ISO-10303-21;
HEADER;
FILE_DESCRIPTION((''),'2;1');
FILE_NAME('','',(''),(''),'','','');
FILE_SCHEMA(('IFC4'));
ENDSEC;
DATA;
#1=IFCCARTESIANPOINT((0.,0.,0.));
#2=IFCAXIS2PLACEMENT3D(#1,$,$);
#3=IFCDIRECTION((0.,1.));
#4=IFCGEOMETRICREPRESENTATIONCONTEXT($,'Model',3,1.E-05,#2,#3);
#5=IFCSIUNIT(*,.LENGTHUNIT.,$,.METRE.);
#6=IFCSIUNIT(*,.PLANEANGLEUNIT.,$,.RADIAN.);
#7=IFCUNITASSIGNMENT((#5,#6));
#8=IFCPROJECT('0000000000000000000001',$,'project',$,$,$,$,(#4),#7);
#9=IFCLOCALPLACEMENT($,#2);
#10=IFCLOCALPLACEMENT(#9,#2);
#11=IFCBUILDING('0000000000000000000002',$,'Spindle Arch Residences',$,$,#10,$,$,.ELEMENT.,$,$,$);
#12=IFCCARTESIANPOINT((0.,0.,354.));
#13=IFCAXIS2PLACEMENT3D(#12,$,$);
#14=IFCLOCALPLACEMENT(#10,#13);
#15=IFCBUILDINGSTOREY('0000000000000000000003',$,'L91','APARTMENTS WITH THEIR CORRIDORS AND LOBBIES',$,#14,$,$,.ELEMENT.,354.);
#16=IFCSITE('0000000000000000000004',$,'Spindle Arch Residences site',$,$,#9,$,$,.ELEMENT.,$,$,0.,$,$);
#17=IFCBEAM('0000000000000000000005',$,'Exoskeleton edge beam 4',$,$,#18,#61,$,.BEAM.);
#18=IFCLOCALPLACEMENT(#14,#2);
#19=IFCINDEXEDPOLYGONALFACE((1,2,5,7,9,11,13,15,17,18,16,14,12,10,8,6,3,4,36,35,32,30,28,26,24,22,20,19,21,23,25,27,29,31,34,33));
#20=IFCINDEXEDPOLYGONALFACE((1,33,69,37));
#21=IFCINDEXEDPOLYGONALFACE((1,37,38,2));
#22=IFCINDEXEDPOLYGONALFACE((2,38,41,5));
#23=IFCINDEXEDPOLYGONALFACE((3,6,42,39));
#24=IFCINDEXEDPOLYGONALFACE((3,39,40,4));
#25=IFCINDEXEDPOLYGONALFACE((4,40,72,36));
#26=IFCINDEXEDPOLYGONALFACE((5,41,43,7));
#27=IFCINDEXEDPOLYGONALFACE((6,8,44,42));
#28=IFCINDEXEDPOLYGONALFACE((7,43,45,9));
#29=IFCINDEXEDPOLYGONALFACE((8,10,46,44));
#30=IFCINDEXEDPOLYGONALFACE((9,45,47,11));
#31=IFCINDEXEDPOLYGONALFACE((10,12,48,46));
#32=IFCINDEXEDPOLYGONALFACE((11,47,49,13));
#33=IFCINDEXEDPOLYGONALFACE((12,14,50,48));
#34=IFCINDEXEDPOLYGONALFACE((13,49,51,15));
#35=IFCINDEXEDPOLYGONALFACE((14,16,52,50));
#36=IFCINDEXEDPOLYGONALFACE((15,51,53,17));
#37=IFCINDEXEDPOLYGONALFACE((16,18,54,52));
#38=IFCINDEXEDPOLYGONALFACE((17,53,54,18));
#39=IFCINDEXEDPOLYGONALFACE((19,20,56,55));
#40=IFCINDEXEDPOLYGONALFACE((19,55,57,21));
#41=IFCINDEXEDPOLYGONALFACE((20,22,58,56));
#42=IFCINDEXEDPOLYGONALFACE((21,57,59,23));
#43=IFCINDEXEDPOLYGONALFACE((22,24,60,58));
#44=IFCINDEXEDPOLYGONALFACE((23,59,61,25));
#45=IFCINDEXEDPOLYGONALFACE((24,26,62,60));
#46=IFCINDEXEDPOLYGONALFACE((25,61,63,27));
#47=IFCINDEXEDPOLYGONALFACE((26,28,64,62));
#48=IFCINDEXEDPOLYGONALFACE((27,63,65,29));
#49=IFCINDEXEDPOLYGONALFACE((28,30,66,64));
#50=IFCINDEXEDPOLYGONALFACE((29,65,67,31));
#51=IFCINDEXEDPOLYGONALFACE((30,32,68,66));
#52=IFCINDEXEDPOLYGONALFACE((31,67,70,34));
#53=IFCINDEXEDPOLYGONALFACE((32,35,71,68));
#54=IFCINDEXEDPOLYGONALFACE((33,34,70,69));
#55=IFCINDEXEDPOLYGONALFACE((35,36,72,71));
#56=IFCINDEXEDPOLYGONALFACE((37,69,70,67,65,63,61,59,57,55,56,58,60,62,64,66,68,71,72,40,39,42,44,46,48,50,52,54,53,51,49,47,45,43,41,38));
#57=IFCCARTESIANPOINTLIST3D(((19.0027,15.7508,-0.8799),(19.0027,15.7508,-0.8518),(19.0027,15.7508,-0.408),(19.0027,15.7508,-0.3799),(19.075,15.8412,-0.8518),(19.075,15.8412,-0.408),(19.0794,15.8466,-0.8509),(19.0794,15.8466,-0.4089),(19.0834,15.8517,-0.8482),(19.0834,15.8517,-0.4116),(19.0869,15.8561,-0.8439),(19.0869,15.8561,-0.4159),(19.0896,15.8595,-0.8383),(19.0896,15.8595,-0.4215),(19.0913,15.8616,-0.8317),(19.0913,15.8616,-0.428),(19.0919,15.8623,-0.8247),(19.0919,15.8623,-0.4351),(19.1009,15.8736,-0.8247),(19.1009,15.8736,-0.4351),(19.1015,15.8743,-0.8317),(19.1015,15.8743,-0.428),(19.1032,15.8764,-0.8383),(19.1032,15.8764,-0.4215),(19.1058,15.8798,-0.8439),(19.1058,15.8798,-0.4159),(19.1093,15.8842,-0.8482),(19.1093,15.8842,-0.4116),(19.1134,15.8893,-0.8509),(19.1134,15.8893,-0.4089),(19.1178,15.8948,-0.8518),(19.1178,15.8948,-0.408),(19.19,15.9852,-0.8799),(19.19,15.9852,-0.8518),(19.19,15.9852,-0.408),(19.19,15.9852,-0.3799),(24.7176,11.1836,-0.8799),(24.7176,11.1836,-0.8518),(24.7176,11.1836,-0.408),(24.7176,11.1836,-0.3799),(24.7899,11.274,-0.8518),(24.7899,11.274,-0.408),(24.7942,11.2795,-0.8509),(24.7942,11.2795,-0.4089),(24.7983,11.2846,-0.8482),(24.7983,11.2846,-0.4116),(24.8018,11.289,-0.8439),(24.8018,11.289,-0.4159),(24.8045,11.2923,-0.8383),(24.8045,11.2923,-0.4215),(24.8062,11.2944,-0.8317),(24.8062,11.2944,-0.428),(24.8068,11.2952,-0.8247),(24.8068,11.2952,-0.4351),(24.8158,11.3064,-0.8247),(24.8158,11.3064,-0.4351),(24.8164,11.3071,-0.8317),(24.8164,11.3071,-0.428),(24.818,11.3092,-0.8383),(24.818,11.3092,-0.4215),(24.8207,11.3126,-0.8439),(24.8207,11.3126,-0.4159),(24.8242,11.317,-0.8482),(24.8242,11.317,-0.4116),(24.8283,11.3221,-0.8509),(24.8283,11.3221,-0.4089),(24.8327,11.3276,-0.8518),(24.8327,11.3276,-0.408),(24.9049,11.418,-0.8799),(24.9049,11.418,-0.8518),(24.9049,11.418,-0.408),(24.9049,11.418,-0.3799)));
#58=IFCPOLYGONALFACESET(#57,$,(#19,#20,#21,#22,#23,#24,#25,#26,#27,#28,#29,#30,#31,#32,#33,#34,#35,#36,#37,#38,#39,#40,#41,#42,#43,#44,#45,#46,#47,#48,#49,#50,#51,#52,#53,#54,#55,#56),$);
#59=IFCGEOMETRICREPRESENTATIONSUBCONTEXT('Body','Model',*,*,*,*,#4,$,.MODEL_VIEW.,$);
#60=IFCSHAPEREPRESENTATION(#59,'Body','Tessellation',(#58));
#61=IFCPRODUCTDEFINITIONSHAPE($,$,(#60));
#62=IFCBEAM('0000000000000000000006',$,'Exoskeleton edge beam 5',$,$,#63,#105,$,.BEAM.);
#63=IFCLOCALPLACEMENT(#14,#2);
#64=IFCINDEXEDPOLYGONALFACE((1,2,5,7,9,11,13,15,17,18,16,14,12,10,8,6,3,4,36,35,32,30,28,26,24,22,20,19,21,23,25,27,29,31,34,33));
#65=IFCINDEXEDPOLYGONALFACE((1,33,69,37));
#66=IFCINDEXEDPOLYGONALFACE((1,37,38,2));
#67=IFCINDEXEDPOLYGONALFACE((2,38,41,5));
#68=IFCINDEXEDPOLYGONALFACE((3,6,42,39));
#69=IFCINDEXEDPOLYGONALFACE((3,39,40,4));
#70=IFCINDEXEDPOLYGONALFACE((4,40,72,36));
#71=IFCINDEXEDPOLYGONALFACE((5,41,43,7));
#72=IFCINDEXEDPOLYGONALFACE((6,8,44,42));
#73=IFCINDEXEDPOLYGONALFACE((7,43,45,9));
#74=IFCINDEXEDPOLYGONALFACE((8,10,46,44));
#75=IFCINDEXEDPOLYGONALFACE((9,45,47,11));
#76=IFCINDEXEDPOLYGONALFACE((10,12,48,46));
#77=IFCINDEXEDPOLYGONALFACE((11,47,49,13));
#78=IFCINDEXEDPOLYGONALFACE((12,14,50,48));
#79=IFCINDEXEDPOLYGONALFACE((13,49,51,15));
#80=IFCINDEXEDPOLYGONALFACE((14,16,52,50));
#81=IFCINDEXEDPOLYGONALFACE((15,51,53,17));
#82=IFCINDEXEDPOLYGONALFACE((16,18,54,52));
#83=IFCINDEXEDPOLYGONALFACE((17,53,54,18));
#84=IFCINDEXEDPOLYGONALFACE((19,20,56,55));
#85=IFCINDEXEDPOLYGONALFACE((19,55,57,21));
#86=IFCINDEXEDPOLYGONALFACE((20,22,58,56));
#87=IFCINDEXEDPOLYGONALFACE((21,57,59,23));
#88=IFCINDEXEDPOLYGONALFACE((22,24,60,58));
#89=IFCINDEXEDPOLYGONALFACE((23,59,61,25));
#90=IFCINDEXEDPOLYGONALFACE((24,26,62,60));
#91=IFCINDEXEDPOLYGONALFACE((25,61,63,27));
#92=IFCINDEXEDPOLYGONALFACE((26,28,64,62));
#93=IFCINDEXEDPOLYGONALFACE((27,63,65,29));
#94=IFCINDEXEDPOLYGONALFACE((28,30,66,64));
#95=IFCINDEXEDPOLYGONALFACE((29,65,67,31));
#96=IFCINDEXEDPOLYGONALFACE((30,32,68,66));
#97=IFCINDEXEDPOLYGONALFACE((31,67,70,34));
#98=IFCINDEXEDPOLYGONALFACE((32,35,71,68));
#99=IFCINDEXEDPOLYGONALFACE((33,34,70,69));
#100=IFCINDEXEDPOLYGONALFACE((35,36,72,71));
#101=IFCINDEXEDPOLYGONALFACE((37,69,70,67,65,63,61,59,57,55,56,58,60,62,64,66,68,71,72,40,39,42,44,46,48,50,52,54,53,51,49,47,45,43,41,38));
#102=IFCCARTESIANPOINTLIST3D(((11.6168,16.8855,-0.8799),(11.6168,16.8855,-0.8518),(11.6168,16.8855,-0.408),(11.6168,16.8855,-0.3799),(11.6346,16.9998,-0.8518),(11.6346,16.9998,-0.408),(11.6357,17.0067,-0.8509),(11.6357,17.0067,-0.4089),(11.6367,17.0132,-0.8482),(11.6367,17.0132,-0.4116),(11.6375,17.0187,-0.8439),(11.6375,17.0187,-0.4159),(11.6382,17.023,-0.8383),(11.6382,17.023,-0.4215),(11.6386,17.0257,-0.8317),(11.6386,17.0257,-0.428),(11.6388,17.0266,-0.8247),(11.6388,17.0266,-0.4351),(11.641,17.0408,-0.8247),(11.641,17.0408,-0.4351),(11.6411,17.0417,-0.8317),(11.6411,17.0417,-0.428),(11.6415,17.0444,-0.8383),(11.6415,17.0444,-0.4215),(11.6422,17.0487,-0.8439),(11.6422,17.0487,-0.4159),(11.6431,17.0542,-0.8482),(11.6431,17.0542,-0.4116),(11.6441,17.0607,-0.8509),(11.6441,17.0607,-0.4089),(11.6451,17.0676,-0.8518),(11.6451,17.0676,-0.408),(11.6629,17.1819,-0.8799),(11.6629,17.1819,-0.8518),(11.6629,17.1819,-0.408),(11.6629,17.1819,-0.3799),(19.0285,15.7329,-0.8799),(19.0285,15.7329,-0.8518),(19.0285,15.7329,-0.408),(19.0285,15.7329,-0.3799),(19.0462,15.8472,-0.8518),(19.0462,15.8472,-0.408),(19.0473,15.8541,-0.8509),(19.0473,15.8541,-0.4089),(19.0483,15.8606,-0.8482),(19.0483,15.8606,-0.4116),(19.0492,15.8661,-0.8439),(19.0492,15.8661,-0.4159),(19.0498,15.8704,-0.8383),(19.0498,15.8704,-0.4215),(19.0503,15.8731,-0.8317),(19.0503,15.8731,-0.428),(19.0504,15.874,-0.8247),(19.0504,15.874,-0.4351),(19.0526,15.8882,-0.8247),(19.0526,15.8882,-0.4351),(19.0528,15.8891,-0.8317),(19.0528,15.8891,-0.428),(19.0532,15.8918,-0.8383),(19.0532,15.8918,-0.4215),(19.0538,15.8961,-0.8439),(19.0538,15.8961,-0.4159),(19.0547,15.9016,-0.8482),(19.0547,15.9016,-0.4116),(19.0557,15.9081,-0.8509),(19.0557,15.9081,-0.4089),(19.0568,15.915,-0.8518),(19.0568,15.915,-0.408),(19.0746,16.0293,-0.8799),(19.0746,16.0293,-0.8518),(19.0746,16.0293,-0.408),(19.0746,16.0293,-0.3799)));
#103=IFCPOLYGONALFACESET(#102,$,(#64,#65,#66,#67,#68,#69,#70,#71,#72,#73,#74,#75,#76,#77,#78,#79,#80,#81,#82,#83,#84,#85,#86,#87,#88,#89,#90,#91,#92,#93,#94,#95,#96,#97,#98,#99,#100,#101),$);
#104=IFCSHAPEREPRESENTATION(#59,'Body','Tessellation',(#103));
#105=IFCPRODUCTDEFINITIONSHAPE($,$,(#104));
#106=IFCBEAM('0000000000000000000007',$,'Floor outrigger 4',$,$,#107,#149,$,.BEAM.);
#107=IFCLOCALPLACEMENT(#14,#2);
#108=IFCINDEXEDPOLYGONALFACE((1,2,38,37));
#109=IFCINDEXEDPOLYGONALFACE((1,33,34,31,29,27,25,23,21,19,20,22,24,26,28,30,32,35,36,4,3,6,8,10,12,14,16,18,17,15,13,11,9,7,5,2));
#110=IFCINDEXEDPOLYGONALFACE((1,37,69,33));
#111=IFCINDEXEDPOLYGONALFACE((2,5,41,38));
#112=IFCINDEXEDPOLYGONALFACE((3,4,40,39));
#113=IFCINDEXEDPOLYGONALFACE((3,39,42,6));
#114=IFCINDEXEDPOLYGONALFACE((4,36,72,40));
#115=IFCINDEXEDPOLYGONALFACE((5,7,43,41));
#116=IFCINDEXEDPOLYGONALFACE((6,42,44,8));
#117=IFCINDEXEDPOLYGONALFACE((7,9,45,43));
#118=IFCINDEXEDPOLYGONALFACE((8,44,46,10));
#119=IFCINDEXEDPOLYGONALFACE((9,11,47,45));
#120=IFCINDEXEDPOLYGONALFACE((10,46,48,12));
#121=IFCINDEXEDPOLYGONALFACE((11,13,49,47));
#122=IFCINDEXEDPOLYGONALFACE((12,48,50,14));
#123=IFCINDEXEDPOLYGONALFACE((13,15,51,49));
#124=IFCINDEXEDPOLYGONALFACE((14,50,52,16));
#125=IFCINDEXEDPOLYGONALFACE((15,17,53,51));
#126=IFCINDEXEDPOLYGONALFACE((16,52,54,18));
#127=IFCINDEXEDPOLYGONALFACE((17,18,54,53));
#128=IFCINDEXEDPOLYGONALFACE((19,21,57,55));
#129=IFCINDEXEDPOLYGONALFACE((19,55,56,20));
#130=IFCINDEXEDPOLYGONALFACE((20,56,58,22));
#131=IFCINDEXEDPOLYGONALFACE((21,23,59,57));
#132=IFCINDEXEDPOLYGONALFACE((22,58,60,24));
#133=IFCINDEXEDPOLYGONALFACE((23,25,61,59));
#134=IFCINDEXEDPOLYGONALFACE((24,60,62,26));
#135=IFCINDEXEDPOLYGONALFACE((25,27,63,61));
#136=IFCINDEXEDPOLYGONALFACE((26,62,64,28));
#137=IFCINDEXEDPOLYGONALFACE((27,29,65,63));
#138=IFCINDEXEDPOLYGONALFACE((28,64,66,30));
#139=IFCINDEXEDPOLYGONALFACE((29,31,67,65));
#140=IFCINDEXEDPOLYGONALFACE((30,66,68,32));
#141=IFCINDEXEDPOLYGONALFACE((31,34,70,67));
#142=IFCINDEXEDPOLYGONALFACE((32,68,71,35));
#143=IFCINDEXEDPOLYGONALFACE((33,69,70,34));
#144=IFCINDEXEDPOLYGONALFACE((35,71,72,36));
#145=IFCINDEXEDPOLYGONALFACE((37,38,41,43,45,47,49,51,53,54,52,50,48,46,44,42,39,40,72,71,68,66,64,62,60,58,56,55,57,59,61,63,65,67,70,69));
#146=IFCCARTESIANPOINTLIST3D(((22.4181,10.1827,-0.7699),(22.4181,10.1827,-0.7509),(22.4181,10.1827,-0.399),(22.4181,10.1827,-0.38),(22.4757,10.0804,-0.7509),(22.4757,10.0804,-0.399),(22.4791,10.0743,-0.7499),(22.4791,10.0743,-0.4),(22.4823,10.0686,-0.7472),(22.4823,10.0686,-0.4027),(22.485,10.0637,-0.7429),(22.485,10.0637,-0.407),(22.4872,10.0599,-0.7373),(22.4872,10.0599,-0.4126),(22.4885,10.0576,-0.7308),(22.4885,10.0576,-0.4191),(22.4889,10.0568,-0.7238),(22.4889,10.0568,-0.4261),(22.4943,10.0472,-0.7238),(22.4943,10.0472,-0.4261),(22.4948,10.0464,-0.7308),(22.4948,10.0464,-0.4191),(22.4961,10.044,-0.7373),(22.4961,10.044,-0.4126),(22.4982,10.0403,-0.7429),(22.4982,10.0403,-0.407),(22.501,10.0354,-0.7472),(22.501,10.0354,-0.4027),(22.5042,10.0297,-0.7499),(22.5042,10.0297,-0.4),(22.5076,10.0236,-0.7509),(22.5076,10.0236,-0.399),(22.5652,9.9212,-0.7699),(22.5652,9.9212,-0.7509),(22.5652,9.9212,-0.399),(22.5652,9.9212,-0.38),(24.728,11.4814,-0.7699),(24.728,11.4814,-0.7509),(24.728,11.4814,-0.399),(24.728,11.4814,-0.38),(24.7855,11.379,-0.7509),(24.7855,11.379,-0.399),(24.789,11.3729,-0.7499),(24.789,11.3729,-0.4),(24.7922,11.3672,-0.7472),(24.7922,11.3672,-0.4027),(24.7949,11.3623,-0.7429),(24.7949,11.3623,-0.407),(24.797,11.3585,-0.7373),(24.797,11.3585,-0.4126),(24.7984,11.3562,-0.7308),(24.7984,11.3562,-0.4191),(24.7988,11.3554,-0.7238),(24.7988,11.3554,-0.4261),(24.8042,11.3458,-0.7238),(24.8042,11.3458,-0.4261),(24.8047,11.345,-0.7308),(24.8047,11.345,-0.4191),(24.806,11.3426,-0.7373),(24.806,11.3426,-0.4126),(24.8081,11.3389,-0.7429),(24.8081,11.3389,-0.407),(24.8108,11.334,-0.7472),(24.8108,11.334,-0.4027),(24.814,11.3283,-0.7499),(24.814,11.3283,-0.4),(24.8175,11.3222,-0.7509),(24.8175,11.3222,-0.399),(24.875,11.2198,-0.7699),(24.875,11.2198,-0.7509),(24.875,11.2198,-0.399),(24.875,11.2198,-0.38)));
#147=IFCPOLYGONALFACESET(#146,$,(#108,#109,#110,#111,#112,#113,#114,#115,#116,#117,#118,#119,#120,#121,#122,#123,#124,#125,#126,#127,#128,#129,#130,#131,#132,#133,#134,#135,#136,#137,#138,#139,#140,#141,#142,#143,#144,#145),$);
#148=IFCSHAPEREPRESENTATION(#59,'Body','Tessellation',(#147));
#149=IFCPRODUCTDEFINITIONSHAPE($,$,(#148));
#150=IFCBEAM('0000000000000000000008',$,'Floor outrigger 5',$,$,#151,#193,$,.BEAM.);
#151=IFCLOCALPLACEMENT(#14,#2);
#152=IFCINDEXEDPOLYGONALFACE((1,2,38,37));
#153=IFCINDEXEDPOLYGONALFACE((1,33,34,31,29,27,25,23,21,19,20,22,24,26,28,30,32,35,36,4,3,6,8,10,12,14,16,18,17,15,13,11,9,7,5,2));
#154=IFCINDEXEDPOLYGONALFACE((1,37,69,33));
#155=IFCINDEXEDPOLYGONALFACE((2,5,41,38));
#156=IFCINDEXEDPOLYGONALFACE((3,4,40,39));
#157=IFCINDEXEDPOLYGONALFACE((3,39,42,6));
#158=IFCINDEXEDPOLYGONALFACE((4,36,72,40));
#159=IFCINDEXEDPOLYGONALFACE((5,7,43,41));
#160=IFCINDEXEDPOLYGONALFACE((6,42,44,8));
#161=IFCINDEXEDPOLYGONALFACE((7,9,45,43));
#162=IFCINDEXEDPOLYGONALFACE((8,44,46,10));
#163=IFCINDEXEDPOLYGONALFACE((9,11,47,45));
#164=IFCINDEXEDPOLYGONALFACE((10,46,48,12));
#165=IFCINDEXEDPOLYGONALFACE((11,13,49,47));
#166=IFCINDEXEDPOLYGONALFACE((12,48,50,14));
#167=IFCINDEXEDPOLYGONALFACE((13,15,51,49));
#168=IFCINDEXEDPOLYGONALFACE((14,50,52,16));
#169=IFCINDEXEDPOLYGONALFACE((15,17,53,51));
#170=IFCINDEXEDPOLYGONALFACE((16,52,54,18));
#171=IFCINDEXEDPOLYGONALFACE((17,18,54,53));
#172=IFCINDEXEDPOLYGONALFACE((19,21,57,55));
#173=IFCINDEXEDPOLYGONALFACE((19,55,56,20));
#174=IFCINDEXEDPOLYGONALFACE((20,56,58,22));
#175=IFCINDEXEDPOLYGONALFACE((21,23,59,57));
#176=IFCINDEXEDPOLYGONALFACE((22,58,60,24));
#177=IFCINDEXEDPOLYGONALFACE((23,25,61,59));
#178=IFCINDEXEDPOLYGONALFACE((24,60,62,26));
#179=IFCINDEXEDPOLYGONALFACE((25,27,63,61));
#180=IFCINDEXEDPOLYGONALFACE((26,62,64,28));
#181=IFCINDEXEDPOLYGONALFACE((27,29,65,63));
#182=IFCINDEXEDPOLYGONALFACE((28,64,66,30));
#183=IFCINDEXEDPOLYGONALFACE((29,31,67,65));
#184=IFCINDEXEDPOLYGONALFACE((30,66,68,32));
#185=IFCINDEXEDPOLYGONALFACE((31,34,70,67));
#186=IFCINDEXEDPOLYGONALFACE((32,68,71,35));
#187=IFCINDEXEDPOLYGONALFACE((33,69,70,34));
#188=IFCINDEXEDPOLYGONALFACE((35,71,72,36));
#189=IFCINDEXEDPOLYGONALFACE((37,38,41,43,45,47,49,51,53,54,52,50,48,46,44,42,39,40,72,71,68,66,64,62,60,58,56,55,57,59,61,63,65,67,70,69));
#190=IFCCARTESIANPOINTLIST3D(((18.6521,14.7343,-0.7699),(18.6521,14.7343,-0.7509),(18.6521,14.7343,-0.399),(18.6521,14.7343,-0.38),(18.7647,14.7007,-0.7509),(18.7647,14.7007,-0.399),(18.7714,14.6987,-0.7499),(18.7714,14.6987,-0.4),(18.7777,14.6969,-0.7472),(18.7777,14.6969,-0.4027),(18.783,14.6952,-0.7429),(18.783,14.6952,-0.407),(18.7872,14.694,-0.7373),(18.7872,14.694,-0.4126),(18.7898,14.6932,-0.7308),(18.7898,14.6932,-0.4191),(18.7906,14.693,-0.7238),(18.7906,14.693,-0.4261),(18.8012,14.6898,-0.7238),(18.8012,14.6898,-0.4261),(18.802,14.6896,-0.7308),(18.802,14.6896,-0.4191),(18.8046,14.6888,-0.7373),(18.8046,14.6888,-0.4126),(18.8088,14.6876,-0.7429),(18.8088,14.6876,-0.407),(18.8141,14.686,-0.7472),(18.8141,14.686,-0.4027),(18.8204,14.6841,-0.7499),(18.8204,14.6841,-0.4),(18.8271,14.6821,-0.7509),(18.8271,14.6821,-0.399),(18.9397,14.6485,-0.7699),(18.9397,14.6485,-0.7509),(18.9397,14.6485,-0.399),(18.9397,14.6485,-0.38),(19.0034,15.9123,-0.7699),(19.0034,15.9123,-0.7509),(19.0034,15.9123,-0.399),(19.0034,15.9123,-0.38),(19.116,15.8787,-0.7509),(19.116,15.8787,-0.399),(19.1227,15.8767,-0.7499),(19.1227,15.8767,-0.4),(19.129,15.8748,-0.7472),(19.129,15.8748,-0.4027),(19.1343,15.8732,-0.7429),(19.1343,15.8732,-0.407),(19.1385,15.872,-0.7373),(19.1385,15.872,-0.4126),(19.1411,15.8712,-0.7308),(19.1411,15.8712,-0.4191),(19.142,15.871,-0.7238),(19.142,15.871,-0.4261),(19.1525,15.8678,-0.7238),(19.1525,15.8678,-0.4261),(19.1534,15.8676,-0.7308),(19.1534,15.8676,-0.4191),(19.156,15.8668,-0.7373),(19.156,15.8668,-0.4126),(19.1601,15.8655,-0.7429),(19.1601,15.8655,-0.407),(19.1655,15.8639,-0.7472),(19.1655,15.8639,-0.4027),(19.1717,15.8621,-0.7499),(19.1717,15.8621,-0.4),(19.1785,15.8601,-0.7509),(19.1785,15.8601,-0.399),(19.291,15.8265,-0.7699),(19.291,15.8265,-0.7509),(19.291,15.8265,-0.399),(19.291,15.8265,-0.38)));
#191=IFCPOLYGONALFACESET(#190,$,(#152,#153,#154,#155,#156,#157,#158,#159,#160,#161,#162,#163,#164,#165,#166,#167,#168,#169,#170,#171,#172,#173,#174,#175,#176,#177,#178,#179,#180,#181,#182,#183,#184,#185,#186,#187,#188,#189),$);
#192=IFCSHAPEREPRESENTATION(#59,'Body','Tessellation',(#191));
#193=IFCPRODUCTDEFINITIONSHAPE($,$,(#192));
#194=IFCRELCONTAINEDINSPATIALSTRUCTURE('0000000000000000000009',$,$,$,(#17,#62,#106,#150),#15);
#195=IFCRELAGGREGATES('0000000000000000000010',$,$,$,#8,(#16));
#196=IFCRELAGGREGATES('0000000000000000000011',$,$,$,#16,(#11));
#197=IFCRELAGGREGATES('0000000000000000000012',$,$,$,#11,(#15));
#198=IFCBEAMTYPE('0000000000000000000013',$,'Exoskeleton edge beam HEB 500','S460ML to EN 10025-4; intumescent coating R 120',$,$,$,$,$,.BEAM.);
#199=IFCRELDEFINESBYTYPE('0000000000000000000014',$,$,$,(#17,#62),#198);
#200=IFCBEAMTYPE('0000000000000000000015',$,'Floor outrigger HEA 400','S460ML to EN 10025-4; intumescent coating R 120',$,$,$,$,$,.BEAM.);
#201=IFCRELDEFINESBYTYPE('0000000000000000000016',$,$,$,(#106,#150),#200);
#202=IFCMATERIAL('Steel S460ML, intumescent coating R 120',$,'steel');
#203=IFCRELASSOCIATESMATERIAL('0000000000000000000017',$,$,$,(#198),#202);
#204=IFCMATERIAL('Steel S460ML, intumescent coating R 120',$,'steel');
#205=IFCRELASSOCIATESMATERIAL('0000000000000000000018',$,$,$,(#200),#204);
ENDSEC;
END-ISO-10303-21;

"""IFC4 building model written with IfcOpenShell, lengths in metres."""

from ifc_helpers import new_model, si_unit, direction, frame, origin, origin_2d, place, context, subcontext, project, spatial, i_section, extrude, material, material_profile, profile_set, type_object, element, save


model = new_model("IFC4")

# Units and contexts
model_context = context("Model", 3, precision=1e-05, world=origin(), true_north=direction((0.0, 1.0)))
body_context = subcontext(model_context, "Body", "Model", "MODEL_VIEW")
ifc_project = project(units=[si_unit("LENGTHUNIT", "METRE"), si_unit("PLANEANGLEUNIT", "RADIAN")], contexts=[model_context])

# Site, building, storey
site_placement = place(None, origin())
site = spatial("IfcSite", under=ifc_project, at=site_placement, Name="Spindle Arch Residences site", CompositionType="ELEMENT", RefElevation=0.0)
building_placement = place(site_placement, origin())
building = spatial("IfcBuilding", under=site, at=building_placement, Name="Spindle Arch Residences", CompositionType="ELEMENT")
storey_placement = place(building_placement, frame((0.0, 0.0, 354.0)))
storey = spatial("IfcBuildingStorey", under=building, at=storey_placement, Name="L91", Description="APARTMENTS WITH THEIR CORRIDORS AND LOBBIES", CompositionType="ELEMENT", Elevation=354.0)

# Beams
ifc_material_1 = material(Name="Steel S460ML, intumescent coating R 120", Category="steel")
ifc_material_profile_1 = material_profile(ifc_material_1, i_section(OverallWidth=0.3, OverallDepth=0.5, WebThickness=0.0144, FlangeThickness=0.0281, FilletRadius=0.0271, at=origin_2d()), Name="HEB 500")
ifc_profile_set_1 = profile_set([ifc_material_profile_1], Name="Steel S460ML, intumescent coating R 120")
beam_type_1 = type_object("IfcBeamType", Name="Exoskeleton edge beam HEB 500", Description="S460ML to EN 10025-4; intumescent coating R 120", PredefinedType="BEAM", material=ifc_profile_set_1)
beam_1_placement = place(storey_placement, frame((24.8113, 11.3008, -0.6299), z_axis=(-0.781185, 0.6243, 0.0), x_axis=(-0.6243, -0.781185, 0.0)))
element("IfcBeam", 1, at=beam_1_placement, inside=storey, type_object=beam_type_1, Name="Exoskeleton edge beam 4", PredefinedType="BEAM", context=body_context, shape_type="SweptSolid", body=[
    extrude(i_section(OverallWidth=0.3, OverallDepth=0.5, WebThickness=0.0144, FlangeThickness=0.0281, FilletRadius=0.0271, at=origin_2d()), origin(), (0.0, 0.0, 1.0), 7.3157),
])
beam_2_placement = place(storey_placement, frame((19.0515, 15.8811, -0.6299), z_axis=(-0.988123, 0.153664, 0.0), x_axis=(-0.153664, -0.988123, 0.0)))
element("IfcBeam", 2, at=beam_2_placement, inside=storey, type_object=beam_type_1, Name="Exoskeleton edge beam 5", PredefinedType="BEAM", context=body_context, shape_type="SweptSolid", body=[
    extrude(i_section(OverallWidth=0.3, OverallDepth=0.5, WebThickness=0.0144, FlangeThickness=0.0281, FilletRadius=0.0271, at=origin_2d()), origin(), (0.0, 0.0, 1.0), 7.5007),
])
ifc_material_2 = material(Name="Steel S460ML, intumescent coating R 120", Category="steel")
ifc_material_profile_2 = material_profile(ifc_material_2, i_section(OverallWidth=0.3, OverallDepth=0.3899, WebThickness=0.011, FlangeThickness=0.019, FilletRadius=0.0271, at=origin_2d()), Name="HEA 400")
ifc_profile_set_2 = profile_set([ifc_material_profile_2], Name="Steel S460ML, intumescent coating R 120")
beam_type_2 = type_object("IfcBeamType", Name="Floor outrigger HEA 400", Description="S460ML to EN 10025-4; intumescent coating R 120", PredefinedType="BEAM", material=ifc_profile_set_2)
beam_3_placement = place(storey_placement, frame((24.8015, 11.3506, -0.575), z_axis=(-0.871686, -0.490064, 0.0), x_axis=(0.490064, -0.871686, 0.0)))
element("IfcBeam", 3, at=beam_3_placement, inside=storey, type_object=beam_type_2, Name="Floor outrigger 4", PredefinedType="BEAM", context=body_context, shape_type="SweptSolid", body=[
    extrude(i_section(OverallWidth=0.3, OverallDepth=0.3899, WebThickness=0.011, FlangeThickness=0.019, FilletRadius=0.0271, at=origin_2d()), origin(), (0.0, 0.0, 1.0), 2.6499),
])
beam_4_placement = place(storey_placement, frame((19.1472, 15.8694, -0.575), z_axis=(-0.285799, -0.95829, 0.0), x_axis=(0.95829, -0.285799, 0.0)))
element("IfcBeam", 4, at=beam_4_placement, inside=storey, type_object=beam_type_2, Name="Floor outrigger 5", PredefinedType="BEAM", context=body_context, shape_type="SweptSolid", body=[
    extrude(i_section(OverallWidth=0.3, OverallDepth=0.3899, WebThickness=0.011, FlangeThickness=0.019, FilletRadius=0.0271, at=origin_2d()), origin(), (0.0, 0.0, 1.0), 1.2292),
])

save(model, "model.ifc")
